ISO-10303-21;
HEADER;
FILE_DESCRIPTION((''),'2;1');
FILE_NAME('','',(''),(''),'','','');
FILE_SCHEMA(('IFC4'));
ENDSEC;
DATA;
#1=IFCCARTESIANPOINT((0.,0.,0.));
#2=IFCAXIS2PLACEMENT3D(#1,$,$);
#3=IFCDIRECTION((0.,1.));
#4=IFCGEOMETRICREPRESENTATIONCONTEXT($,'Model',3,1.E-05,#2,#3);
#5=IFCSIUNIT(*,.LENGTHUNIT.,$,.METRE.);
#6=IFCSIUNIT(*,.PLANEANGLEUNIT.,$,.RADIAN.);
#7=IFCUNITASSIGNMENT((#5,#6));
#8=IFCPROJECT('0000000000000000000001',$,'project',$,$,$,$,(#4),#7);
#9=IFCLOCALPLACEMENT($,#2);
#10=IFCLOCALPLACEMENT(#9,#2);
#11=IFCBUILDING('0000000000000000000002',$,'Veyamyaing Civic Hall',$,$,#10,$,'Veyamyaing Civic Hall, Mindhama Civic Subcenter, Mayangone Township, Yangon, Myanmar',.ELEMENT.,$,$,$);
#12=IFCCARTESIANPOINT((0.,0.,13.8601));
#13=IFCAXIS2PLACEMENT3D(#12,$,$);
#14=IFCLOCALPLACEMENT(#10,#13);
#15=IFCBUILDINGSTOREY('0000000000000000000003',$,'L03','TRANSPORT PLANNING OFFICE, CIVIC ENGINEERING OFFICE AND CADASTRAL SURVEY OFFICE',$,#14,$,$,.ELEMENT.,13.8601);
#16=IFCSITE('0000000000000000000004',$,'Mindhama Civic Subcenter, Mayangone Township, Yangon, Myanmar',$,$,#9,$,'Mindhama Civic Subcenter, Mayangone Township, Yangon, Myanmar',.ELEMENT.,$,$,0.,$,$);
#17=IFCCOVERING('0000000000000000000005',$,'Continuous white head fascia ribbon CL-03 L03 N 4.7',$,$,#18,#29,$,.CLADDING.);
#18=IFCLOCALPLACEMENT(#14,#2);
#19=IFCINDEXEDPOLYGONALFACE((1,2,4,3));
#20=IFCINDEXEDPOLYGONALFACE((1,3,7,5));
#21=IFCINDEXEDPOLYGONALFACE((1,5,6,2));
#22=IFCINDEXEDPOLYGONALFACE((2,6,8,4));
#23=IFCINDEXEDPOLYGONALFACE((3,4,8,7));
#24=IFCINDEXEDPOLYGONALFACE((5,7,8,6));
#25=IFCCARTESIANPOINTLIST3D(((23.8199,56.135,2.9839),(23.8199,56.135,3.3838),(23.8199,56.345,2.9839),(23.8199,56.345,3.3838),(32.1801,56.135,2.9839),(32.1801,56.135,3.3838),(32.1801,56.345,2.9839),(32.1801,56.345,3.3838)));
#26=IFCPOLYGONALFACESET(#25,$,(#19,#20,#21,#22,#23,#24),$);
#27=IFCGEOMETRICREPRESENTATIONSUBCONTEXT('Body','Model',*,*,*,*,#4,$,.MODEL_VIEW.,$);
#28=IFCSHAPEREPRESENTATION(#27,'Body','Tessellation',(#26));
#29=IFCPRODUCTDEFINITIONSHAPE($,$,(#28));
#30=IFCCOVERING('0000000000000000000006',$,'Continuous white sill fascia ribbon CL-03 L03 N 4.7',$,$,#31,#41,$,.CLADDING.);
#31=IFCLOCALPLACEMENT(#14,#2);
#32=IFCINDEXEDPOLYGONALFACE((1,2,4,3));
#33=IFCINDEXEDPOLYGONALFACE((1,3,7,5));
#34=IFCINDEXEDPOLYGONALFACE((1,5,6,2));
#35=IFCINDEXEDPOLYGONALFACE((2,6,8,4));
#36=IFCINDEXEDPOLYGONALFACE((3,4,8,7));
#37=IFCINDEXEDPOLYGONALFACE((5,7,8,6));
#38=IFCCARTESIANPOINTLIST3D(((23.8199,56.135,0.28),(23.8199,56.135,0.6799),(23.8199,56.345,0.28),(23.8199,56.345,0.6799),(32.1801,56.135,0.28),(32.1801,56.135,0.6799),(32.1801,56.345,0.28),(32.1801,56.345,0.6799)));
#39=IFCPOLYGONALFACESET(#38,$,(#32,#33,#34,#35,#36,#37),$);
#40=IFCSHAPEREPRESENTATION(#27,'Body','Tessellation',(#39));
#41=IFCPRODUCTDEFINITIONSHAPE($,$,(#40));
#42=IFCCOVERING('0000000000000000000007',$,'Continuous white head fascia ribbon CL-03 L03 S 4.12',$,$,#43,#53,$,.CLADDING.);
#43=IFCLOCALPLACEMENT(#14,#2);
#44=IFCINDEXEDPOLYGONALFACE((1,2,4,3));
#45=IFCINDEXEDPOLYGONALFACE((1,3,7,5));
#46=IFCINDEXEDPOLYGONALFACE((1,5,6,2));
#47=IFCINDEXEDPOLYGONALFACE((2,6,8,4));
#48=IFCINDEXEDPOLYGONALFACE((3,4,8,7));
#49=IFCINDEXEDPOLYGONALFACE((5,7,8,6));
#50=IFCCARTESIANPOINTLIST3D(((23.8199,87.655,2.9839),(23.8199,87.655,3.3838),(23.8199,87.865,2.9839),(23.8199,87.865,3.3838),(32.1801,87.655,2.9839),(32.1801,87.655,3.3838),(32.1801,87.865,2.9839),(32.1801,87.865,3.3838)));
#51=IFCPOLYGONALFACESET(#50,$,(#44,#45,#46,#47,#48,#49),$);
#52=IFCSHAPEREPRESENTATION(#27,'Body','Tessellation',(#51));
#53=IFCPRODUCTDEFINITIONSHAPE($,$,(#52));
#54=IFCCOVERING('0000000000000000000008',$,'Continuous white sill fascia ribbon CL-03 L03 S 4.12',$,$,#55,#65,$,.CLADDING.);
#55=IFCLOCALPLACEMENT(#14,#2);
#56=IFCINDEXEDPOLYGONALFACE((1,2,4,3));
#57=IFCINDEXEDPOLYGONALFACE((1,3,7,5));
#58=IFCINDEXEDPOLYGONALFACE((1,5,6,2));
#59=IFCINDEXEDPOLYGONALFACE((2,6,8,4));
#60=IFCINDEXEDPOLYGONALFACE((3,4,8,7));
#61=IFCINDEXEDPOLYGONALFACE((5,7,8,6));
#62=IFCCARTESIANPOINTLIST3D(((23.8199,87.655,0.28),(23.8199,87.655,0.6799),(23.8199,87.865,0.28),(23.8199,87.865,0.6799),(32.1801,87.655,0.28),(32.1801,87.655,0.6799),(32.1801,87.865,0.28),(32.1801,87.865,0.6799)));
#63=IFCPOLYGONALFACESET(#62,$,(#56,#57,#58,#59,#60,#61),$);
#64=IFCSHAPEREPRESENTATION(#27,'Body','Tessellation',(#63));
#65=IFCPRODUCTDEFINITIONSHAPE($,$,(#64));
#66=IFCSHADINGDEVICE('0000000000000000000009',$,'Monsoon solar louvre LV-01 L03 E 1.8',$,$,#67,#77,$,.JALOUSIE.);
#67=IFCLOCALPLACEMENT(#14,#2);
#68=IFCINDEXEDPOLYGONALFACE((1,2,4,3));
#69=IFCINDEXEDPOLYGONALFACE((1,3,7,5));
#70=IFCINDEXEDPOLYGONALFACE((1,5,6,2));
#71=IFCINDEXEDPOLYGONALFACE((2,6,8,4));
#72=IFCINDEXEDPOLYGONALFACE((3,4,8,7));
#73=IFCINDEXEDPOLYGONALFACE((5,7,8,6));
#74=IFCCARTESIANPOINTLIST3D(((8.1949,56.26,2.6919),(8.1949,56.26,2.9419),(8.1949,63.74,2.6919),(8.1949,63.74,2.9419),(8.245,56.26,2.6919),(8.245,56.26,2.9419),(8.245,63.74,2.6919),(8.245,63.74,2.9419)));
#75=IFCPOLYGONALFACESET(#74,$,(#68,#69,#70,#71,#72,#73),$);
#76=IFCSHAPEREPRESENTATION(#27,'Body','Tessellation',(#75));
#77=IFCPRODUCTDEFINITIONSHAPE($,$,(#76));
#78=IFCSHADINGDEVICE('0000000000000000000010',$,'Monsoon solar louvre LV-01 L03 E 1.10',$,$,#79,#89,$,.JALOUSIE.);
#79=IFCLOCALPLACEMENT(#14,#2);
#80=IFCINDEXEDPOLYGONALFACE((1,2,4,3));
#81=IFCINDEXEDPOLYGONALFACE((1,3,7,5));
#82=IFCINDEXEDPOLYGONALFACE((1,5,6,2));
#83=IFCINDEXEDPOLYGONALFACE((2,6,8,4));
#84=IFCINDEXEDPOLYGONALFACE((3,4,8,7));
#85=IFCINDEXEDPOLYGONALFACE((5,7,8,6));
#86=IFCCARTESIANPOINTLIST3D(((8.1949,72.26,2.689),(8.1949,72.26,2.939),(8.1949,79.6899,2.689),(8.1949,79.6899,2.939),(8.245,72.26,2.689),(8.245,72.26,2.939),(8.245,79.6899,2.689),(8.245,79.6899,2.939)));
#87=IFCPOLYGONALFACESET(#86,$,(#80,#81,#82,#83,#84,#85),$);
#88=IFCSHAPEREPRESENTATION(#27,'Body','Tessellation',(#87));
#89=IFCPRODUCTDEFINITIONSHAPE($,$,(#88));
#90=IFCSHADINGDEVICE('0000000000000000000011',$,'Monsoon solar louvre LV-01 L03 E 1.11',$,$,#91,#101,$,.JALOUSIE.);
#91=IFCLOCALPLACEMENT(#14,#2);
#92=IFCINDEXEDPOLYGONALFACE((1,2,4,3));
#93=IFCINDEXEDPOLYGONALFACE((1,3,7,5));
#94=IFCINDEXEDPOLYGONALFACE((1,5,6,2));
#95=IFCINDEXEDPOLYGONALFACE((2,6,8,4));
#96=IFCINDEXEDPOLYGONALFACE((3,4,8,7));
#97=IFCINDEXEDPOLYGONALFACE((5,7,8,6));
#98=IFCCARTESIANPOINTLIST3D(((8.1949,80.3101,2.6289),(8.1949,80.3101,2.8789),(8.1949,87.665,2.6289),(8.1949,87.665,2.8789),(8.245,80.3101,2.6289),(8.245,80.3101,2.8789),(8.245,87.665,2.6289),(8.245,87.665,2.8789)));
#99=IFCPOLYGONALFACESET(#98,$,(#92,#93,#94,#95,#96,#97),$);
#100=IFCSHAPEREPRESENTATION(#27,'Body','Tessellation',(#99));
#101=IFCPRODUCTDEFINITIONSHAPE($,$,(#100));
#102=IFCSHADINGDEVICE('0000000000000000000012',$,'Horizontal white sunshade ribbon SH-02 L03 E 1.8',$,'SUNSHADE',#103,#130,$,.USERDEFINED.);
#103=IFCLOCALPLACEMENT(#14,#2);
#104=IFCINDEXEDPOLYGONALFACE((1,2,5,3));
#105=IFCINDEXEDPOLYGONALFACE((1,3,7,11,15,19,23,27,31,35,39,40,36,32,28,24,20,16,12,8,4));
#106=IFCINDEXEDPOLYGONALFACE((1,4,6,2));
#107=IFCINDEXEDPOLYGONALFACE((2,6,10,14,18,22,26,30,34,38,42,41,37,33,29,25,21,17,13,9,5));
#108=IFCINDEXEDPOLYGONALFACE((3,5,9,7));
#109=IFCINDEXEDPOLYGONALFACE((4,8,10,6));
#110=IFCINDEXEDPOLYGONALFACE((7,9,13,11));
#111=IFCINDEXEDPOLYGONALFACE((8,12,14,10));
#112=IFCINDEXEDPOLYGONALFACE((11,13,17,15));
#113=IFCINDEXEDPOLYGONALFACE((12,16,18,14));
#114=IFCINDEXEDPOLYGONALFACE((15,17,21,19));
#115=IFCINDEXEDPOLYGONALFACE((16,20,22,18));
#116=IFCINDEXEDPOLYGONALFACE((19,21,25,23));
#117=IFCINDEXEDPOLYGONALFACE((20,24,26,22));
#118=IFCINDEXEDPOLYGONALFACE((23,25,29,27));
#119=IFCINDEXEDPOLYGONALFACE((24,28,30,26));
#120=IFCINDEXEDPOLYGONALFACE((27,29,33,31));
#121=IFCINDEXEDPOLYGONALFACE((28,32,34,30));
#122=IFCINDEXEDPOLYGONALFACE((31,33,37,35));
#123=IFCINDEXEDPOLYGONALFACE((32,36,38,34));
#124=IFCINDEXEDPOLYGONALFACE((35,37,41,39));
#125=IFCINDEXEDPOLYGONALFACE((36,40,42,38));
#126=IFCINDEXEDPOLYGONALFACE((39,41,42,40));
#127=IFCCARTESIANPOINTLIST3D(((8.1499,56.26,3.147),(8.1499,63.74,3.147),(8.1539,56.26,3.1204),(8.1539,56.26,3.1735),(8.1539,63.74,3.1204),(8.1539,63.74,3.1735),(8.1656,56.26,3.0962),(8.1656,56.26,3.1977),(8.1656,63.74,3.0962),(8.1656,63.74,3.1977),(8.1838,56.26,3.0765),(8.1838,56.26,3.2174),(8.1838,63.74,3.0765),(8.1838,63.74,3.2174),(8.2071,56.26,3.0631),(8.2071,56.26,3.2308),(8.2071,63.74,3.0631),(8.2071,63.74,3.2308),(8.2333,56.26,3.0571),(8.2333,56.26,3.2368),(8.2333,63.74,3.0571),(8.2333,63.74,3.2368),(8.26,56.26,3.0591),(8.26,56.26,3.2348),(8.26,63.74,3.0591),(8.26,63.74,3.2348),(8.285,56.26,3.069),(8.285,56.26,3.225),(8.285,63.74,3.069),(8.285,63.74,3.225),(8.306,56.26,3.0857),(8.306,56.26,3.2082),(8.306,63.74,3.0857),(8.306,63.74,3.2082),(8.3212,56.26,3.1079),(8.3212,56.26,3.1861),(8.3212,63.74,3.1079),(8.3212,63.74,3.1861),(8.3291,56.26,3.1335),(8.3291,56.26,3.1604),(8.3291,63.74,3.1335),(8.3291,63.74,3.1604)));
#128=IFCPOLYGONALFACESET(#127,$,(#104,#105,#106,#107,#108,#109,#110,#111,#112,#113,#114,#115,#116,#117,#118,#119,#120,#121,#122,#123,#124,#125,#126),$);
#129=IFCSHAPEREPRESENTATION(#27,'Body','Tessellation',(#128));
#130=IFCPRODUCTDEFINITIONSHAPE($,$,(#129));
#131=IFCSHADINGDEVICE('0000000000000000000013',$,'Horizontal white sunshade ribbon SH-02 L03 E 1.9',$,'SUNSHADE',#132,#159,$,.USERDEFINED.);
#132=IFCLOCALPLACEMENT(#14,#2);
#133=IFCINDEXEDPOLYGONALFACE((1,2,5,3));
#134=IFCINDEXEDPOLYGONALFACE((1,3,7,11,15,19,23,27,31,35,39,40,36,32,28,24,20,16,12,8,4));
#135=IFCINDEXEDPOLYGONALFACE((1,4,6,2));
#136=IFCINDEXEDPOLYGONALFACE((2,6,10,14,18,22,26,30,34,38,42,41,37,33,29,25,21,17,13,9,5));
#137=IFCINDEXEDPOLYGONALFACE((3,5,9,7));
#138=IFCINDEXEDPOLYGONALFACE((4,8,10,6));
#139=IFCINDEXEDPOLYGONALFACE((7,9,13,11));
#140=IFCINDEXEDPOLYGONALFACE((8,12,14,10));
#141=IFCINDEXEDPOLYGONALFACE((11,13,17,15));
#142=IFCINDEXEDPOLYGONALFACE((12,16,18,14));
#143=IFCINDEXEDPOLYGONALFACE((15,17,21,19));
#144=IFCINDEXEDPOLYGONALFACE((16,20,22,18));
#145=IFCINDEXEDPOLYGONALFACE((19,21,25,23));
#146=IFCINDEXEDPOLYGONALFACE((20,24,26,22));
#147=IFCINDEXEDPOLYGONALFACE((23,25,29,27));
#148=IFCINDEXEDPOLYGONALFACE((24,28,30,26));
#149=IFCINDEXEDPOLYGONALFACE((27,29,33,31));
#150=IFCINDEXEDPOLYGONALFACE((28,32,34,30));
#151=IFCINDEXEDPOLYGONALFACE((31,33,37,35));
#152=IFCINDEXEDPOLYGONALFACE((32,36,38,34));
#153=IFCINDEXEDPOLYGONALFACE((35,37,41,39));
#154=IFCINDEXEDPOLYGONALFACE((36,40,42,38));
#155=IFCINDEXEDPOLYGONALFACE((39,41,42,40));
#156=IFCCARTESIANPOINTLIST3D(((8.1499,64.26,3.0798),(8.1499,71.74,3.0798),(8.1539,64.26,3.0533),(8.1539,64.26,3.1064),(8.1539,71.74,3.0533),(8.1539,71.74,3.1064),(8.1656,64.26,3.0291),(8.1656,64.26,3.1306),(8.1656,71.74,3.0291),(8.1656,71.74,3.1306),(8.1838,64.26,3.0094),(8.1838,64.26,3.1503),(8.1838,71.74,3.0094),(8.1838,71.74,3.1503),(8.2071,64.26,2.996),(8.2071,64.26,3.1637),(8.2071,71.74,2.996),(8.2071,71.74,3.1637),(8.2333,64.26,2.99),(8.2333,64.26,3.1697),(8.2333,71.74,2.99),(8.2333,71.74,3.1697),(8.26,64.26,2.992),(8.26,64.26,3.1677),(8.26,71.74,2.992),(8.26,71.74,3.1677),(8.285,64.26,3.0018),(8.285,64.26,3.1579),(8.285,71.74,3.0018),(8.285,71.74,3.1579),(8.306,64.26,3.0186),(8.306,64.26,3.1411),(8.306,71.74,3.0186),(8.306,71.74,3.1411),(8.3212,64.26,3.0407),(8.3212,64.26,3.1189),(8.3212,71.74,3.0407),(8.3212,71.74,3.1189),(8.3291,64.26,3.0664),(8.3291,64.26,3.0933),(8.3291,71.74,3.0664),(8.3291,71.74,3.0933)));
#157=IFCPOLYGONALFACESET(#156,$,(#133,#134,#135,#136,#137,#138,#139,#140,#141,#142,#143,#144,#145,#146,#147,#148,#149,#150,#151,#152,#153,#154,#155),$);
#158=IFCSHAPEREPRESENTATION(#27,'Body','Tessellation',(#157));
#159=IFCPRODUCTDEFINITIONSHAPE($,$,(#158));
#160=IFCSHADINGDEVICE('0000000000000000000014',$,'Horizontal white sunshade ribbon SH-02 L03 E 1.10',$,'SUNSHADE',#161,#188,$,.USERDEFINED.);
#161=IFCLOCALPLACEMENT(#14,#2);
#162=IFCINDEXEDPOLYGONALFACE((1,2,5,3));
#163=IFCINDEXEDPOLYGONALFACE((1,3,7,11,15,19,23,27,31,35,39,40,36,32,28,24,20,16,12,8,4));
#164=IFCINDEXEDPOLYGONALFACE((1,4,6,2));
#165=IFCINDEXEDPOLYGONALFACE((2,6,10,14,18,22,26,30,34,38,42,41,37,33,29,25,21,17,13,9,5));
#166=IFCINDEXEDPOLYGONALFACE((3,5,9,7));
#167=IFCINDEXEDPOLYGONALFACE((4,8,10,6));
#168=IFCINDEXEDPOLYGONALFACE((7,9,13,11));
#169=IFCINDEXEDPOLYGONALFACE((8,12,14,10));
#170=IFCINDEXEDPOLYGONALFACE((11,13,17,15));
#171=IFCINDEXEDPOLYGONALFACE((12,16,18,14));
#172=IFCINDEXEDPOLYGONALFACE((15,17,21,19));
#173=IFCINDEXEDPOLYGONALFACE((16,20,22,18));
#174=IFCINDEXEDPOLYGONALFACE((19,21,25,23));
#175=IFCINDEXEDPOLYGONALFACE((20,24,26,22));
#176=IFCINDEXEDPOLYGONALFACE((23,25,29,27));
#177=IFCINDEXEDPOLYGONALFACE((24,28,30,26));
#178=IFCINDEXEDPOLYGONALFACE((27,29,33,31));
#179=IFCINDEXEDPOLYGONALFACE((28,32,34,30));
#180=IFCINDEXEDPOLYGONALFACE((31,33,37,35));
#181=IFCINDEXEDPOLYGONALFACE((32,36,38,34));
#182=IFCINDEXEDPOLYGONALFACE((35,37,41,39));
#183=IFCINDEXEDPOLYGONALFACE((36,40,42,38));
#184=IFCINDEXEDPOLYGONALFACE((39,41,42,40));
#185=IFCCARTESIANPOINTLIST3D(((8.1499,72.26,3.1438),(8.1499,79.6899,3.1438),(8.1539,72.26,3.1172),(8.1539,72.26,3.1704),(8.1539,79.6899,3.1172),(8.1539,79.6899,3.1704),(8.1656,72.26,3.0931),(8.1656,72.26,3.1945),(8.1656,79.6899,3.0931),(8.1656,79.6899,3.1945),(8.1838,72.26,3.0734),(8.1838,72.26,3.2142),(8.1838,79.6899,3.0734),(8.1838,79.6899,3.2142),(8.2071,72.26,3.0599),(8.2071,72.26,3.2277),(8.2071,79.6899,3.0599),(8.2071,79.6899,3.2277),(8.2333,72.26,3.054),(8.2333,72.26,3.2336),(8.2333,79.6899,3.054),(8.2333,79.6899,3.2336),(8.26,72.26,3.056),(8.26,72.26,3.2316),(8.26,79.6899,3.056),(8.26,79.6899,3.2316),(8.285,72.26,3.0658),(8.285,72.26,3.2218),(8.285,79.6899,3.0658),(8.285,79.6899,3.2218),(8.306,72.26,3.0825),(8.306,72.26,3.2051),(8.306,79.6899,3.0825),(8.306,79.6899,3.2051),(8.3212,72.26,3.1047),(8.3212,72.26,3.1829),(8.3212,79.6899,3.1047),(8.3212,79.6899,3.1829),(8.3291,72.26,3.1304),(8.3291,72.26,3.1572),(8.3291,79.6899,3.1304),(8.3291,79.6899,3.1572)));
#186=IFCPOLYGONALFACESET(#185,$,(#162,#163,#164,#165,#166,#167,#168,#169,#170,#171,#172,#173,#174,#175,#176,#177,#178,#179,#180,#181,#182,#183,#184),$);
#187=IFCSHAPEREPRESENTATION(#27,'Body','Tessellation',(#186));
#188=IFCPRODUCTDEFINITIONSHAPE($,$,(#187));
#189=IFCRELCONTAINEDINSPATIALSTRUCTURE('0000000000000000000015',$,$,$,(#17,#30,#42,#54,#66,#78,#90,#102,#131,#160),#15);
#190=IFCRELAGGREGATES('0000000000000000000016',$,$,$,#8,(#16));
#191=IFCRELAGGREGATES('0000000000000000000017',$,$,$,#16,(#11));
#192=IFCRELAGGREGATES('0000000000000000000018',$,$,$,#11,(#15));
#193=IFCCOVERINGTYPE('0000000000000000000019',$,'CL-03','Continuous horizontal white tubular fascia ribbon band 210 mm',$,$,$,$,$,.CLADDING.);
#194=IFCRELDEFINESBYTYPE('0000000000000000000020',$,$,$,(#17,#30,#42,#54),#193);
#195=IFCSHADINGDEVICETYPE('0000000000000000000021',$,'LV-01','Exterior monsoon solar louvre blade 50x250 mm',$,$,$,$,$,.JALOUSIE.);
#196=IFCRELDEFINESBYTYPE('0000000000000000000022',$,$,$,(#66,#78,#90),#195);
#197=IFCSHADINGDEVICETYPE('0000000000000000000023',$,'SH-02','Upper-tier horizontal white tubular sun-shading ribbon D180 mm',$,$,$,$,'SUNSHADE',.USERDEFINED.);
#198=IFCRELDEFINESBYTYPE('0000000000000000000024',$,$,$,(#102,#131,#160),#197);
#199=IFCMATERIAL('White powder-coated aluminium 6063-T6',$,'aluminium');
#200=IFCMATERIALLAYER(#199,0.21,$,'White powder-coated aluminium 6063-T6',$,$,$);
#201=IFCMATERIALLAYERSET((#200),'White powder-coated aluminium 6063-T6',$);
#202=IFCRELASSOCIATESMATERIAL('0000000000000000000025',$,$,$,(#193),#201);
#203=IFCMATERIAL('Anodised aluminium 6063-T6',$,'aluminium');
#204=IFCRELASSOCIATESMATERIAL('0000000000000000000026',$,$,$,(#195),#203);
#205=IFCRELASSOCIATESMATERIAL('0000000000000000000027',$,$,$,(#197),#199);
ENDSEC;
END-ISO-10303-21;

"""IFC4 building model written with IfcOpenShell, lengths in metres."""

from ifc_helpers import new_model, si_unit, direction, frame, origin, origin_2d, place, context, subcontext, project, spatial, rectangle, circle, extrude, material, layer, layer_set, material_profile, profile_set, type_object, element, save


model = new_model("IFC4")

# Units and contexts
model_context = context("Model", 3, precision=1e-05, world=origin(), true_north=direction((0.0, 1.0)))
body_context = subcontext(model_context, "Body", "Model", "MODEL_VIEW")
ifc_project = project(units=[si_unit("LENGTHUNIT", "METRE"), si_unit("PLANEANGLEUNIT", "RADIAN")], contexts=[model_context])

# Site, building, storey
site_placement = place(None, origin())
site = spatial("IfcSite", under=ifc_project, at=site_placement, Name="Mindhama Civic Subcenter, Mayangone Township, Yangon, Myanmar", LongName="Mindhama Civic Subcenter, Mayangone Township, Yangon, Myanmar", CompositionType="ELEMENT", RefElevation=0.0)
building_placement = place(site_placement, origin())
building = spatial("IfcBuilding", under=site, at=building_placement, Name="Veyamyaing Civic Hall", LongName="Veyamyaing Civic Hall, Mindhama Civic Subcenter, Mayangone Township, Yangon, Myanmar", CompositionType="ELEMENT")
storey_placement = place(building_placement, frame((0.0, 0.0, 13.8601)))
storey = spatial("IfcBuildingStorey", under=building, at=storey_placement, Name="L03", Description="TRANSPORT PLANNING OFFICE, CIVIC ENGINEERING OFFICE AND CADASTRAL SURVEY OFFICE", CompositionType="ELEMENT", Elevation=13.8601)

# Coverings
ifc_material_1 = material(Name="White powder-coated aluminium 6063-T6", Category="aluminium")
ifc_layer_1 = layer(ifc_material_1, 0.21, Name="White powder-coated aluminium 6063-T6")
ifc_layer_set_1 = layer_set([ifc_layer_1], Name="White powder-coated aluminium 6063-T6")
covering_type_1 = type_object("IfcCoveringType", Name="CL-03", Description="Continuous horizontal white tubular fascia ribbon band 210 mm", PredefinedType="CLADDING", material=ifc_layer_set_1)
for number, where, z_axis, x_axis, name in (
    (1, (28.0, 56.24, 2.9839), (0.0, 0.0, 1.0), (1.0, 0.0, 0.0), "Continuous white head fascia ribbon CL-03 L03 N 4.7"),
    (2, (28.0, 56.24, 0.28), (0.0, 0.0, 1.0), (1.0, 0.0, 0.0), "Continuous white sill fascia ribbon CL-03 L03 N 4.7"),
    (3, (28.0, 87.76, 2.9839), (0.0, 0.0, 1.0), (1.0, 0.0, 0.0), "Continuous white head fascia ribbon CL-03 L03 S 4.12"),
    (4, (28.0, 87.76, 0.28), (0.0, 0.0, 1.0), (1.0, 0.0, 0.0), "Continuous white sill fascia ribbon CL-03 L03 S 4.12"),
):
    element("IfcCovering", number, at=place(storey_placement, frame(where, z_axis=z_axis, x_axis=x_axis)), inside=storey, type_object=covering_type_1, Name=name, PredefinedType="CLADDING", context=body_context, shape_type="SweptSolid", body=[
        extrude(rectangle(XDim=8.3601, YDim=0.21, at=origin_2d()), origin(), (0.0, 0.0, 1.0), 0.3999),
    ])

# Shading devices
ifc_material_2 = material(Name="Anodised aluminium 6063-T6", Category="aluminium")
ifc_material_profile_1 = material_profile(ifc_material_2, rectangle(XDim=0.05, YDim=0.25, at=origin_2d()), Name="LOUVRE-BLADE-50X250")
ifc_profile_set_1 = profile_set([ifc_material_profile_1], Name="Anodised aluminium 6063-T6")
shading_device_type_1 = type_object("IfcShadingDeviceType", Name="LV-01", Description="Exterior monsoon solar louvre blade 50x250 mm", PredefinedType="JALOUSIE", material=ifc_profile_set_1)
shading_device_1_placement = place(storey_placement, frame((8.22, 56.26, 2.8169), z_axis=(0.0, 1.0, 0.0), x_axis=(-1.0, 0.0, 0.0)))
element("IfcShadingDevice", 5, at=shading_device_1_placement, inside=storey, type_object=shading_device_type_1, Name="Monsoon solar louvre LV-01 L03 E 1.8", PredefinedType="JALOUSIE", context=body_context, shape_type="SweptSolid", body=[
    extrude(rectangle(XDim=0.05, YDim=0.25, at=origin_2d()), origin(), (0.0, 0.0, 1.0), 7.48),
])
shading_device_2_placement = place(storey_placement, frame((8.22, 72.26, 2.814), z_axis=(0.0, 1.0, 0.0), x_axis=(-1.0, 0.0, 0.0)))
element("IfcShadingDevice", 6, at=shading_device_2_placement, inside=storey, type_object=shading_device_type_1, Name="Monsoon solar louvre LV-01 L03 E 1.10", PredefinedType="JALOUSIE", context=body_context, shape_type="SweptSolid", body=[
    extrude(rectangle(XDim=0.05, YDim=0.25, at=origin_2d()), origin(), (0.0, 0.0, 1.0), 7.4299),
])
shading_device_3_placement = place(storey_placement, frame((8.22, 80.3101, 2.7539), z_axis=(0.0, 1.0, 0.0), x_axis=(-1.0, 0.0, 0.0)))
element("IfcShadingDevice", 7, at=shading_device_3_placement, inside=storey, type_object=shading_device_type_1, Name="Monsoon solar louvre LV-01 L03 E 1.11", PredefinedType="JALOUSIE", context=body_context, shape_type="SweptSolid", body=[
    extrude(rectangle(XDim=0.05, YDim=0.25, at=origin_2d()), origin(), (0.0, 0.0, 1.0), 7.355),
])
ifc_material_profile_2 = material_profile(ifc_material_1, circle(Radius=0.0901, at=origin_2d()), Name="SHADE-TUBE-180")
ifc_profile_set_2 = profile_set([ifc_material_profile_2], Name="White powder-coated aluminium 6063-T6")
shading_device_type_2 = type_object("IfcShadingDeviceType", Name="SH-02", Description="Upper-tier horizontal white tubular sun-shading ribbon D180 mm", ElementType="SUNSHADE", PredefinedType="USERDEFINED", material=ifc_profile_set_2)
for number, where, z_axis, x_axis, name in (
    (8, (8.24, 56.26, 3.147), (0.0, 1.0, 0.0), (-1.0, 0.0, 0.0), "Horizontal white sunshade ribbon SH-02 L03 E 1.8"),
    (9, (8.24, 64.26, 3.0798), (0.0, 1.0, 0.0), (-1.0, 0.0, 0.0), "Horizontal white sunshade ribbon SH-02 L03 E 1.9"),
):
    element("IfcShadingDevice", number, at=place(storey_placement, frame(where, z_axis=z_axis, x_axis=x_axis)), inside=storey, type_object=shading_device_type_2, Name=name, ObjectType="SUNSHADE", PredefinedType="USERDEFINED", context=body_context, shape_type="SweptSolid", body=[
        extrude(circle(Radius=0.0901, at=origin_2d()), origin(), (0.0, 0.0, 1.0), 7.48),
    ])
shading_device_4_placement = place(storey_placement, frame((8.24, 72.26, 3.1438), z_axis=(0.0, 1.0, 0.0), x_axis=(-1.0, 0.0, 0.0)))
element("IfcShadingDevice", 10, at=shading_device_4_placement, inside=storey, type_object=shading_device_type_2, Name="Horizontal white sunshade ribbon SH-02 L03 E 1.10", ObjectType="SUNSHADE", PredefinedType="USERDEFINED", context=body_context, shape_type="SweptSolid", body=[
    extrude(circle(Radius=0.0901, at=origin_2d()), origin(), (0.0, 0.0, 1.0), 7.4299),
])

save(model, "model.ifc")
